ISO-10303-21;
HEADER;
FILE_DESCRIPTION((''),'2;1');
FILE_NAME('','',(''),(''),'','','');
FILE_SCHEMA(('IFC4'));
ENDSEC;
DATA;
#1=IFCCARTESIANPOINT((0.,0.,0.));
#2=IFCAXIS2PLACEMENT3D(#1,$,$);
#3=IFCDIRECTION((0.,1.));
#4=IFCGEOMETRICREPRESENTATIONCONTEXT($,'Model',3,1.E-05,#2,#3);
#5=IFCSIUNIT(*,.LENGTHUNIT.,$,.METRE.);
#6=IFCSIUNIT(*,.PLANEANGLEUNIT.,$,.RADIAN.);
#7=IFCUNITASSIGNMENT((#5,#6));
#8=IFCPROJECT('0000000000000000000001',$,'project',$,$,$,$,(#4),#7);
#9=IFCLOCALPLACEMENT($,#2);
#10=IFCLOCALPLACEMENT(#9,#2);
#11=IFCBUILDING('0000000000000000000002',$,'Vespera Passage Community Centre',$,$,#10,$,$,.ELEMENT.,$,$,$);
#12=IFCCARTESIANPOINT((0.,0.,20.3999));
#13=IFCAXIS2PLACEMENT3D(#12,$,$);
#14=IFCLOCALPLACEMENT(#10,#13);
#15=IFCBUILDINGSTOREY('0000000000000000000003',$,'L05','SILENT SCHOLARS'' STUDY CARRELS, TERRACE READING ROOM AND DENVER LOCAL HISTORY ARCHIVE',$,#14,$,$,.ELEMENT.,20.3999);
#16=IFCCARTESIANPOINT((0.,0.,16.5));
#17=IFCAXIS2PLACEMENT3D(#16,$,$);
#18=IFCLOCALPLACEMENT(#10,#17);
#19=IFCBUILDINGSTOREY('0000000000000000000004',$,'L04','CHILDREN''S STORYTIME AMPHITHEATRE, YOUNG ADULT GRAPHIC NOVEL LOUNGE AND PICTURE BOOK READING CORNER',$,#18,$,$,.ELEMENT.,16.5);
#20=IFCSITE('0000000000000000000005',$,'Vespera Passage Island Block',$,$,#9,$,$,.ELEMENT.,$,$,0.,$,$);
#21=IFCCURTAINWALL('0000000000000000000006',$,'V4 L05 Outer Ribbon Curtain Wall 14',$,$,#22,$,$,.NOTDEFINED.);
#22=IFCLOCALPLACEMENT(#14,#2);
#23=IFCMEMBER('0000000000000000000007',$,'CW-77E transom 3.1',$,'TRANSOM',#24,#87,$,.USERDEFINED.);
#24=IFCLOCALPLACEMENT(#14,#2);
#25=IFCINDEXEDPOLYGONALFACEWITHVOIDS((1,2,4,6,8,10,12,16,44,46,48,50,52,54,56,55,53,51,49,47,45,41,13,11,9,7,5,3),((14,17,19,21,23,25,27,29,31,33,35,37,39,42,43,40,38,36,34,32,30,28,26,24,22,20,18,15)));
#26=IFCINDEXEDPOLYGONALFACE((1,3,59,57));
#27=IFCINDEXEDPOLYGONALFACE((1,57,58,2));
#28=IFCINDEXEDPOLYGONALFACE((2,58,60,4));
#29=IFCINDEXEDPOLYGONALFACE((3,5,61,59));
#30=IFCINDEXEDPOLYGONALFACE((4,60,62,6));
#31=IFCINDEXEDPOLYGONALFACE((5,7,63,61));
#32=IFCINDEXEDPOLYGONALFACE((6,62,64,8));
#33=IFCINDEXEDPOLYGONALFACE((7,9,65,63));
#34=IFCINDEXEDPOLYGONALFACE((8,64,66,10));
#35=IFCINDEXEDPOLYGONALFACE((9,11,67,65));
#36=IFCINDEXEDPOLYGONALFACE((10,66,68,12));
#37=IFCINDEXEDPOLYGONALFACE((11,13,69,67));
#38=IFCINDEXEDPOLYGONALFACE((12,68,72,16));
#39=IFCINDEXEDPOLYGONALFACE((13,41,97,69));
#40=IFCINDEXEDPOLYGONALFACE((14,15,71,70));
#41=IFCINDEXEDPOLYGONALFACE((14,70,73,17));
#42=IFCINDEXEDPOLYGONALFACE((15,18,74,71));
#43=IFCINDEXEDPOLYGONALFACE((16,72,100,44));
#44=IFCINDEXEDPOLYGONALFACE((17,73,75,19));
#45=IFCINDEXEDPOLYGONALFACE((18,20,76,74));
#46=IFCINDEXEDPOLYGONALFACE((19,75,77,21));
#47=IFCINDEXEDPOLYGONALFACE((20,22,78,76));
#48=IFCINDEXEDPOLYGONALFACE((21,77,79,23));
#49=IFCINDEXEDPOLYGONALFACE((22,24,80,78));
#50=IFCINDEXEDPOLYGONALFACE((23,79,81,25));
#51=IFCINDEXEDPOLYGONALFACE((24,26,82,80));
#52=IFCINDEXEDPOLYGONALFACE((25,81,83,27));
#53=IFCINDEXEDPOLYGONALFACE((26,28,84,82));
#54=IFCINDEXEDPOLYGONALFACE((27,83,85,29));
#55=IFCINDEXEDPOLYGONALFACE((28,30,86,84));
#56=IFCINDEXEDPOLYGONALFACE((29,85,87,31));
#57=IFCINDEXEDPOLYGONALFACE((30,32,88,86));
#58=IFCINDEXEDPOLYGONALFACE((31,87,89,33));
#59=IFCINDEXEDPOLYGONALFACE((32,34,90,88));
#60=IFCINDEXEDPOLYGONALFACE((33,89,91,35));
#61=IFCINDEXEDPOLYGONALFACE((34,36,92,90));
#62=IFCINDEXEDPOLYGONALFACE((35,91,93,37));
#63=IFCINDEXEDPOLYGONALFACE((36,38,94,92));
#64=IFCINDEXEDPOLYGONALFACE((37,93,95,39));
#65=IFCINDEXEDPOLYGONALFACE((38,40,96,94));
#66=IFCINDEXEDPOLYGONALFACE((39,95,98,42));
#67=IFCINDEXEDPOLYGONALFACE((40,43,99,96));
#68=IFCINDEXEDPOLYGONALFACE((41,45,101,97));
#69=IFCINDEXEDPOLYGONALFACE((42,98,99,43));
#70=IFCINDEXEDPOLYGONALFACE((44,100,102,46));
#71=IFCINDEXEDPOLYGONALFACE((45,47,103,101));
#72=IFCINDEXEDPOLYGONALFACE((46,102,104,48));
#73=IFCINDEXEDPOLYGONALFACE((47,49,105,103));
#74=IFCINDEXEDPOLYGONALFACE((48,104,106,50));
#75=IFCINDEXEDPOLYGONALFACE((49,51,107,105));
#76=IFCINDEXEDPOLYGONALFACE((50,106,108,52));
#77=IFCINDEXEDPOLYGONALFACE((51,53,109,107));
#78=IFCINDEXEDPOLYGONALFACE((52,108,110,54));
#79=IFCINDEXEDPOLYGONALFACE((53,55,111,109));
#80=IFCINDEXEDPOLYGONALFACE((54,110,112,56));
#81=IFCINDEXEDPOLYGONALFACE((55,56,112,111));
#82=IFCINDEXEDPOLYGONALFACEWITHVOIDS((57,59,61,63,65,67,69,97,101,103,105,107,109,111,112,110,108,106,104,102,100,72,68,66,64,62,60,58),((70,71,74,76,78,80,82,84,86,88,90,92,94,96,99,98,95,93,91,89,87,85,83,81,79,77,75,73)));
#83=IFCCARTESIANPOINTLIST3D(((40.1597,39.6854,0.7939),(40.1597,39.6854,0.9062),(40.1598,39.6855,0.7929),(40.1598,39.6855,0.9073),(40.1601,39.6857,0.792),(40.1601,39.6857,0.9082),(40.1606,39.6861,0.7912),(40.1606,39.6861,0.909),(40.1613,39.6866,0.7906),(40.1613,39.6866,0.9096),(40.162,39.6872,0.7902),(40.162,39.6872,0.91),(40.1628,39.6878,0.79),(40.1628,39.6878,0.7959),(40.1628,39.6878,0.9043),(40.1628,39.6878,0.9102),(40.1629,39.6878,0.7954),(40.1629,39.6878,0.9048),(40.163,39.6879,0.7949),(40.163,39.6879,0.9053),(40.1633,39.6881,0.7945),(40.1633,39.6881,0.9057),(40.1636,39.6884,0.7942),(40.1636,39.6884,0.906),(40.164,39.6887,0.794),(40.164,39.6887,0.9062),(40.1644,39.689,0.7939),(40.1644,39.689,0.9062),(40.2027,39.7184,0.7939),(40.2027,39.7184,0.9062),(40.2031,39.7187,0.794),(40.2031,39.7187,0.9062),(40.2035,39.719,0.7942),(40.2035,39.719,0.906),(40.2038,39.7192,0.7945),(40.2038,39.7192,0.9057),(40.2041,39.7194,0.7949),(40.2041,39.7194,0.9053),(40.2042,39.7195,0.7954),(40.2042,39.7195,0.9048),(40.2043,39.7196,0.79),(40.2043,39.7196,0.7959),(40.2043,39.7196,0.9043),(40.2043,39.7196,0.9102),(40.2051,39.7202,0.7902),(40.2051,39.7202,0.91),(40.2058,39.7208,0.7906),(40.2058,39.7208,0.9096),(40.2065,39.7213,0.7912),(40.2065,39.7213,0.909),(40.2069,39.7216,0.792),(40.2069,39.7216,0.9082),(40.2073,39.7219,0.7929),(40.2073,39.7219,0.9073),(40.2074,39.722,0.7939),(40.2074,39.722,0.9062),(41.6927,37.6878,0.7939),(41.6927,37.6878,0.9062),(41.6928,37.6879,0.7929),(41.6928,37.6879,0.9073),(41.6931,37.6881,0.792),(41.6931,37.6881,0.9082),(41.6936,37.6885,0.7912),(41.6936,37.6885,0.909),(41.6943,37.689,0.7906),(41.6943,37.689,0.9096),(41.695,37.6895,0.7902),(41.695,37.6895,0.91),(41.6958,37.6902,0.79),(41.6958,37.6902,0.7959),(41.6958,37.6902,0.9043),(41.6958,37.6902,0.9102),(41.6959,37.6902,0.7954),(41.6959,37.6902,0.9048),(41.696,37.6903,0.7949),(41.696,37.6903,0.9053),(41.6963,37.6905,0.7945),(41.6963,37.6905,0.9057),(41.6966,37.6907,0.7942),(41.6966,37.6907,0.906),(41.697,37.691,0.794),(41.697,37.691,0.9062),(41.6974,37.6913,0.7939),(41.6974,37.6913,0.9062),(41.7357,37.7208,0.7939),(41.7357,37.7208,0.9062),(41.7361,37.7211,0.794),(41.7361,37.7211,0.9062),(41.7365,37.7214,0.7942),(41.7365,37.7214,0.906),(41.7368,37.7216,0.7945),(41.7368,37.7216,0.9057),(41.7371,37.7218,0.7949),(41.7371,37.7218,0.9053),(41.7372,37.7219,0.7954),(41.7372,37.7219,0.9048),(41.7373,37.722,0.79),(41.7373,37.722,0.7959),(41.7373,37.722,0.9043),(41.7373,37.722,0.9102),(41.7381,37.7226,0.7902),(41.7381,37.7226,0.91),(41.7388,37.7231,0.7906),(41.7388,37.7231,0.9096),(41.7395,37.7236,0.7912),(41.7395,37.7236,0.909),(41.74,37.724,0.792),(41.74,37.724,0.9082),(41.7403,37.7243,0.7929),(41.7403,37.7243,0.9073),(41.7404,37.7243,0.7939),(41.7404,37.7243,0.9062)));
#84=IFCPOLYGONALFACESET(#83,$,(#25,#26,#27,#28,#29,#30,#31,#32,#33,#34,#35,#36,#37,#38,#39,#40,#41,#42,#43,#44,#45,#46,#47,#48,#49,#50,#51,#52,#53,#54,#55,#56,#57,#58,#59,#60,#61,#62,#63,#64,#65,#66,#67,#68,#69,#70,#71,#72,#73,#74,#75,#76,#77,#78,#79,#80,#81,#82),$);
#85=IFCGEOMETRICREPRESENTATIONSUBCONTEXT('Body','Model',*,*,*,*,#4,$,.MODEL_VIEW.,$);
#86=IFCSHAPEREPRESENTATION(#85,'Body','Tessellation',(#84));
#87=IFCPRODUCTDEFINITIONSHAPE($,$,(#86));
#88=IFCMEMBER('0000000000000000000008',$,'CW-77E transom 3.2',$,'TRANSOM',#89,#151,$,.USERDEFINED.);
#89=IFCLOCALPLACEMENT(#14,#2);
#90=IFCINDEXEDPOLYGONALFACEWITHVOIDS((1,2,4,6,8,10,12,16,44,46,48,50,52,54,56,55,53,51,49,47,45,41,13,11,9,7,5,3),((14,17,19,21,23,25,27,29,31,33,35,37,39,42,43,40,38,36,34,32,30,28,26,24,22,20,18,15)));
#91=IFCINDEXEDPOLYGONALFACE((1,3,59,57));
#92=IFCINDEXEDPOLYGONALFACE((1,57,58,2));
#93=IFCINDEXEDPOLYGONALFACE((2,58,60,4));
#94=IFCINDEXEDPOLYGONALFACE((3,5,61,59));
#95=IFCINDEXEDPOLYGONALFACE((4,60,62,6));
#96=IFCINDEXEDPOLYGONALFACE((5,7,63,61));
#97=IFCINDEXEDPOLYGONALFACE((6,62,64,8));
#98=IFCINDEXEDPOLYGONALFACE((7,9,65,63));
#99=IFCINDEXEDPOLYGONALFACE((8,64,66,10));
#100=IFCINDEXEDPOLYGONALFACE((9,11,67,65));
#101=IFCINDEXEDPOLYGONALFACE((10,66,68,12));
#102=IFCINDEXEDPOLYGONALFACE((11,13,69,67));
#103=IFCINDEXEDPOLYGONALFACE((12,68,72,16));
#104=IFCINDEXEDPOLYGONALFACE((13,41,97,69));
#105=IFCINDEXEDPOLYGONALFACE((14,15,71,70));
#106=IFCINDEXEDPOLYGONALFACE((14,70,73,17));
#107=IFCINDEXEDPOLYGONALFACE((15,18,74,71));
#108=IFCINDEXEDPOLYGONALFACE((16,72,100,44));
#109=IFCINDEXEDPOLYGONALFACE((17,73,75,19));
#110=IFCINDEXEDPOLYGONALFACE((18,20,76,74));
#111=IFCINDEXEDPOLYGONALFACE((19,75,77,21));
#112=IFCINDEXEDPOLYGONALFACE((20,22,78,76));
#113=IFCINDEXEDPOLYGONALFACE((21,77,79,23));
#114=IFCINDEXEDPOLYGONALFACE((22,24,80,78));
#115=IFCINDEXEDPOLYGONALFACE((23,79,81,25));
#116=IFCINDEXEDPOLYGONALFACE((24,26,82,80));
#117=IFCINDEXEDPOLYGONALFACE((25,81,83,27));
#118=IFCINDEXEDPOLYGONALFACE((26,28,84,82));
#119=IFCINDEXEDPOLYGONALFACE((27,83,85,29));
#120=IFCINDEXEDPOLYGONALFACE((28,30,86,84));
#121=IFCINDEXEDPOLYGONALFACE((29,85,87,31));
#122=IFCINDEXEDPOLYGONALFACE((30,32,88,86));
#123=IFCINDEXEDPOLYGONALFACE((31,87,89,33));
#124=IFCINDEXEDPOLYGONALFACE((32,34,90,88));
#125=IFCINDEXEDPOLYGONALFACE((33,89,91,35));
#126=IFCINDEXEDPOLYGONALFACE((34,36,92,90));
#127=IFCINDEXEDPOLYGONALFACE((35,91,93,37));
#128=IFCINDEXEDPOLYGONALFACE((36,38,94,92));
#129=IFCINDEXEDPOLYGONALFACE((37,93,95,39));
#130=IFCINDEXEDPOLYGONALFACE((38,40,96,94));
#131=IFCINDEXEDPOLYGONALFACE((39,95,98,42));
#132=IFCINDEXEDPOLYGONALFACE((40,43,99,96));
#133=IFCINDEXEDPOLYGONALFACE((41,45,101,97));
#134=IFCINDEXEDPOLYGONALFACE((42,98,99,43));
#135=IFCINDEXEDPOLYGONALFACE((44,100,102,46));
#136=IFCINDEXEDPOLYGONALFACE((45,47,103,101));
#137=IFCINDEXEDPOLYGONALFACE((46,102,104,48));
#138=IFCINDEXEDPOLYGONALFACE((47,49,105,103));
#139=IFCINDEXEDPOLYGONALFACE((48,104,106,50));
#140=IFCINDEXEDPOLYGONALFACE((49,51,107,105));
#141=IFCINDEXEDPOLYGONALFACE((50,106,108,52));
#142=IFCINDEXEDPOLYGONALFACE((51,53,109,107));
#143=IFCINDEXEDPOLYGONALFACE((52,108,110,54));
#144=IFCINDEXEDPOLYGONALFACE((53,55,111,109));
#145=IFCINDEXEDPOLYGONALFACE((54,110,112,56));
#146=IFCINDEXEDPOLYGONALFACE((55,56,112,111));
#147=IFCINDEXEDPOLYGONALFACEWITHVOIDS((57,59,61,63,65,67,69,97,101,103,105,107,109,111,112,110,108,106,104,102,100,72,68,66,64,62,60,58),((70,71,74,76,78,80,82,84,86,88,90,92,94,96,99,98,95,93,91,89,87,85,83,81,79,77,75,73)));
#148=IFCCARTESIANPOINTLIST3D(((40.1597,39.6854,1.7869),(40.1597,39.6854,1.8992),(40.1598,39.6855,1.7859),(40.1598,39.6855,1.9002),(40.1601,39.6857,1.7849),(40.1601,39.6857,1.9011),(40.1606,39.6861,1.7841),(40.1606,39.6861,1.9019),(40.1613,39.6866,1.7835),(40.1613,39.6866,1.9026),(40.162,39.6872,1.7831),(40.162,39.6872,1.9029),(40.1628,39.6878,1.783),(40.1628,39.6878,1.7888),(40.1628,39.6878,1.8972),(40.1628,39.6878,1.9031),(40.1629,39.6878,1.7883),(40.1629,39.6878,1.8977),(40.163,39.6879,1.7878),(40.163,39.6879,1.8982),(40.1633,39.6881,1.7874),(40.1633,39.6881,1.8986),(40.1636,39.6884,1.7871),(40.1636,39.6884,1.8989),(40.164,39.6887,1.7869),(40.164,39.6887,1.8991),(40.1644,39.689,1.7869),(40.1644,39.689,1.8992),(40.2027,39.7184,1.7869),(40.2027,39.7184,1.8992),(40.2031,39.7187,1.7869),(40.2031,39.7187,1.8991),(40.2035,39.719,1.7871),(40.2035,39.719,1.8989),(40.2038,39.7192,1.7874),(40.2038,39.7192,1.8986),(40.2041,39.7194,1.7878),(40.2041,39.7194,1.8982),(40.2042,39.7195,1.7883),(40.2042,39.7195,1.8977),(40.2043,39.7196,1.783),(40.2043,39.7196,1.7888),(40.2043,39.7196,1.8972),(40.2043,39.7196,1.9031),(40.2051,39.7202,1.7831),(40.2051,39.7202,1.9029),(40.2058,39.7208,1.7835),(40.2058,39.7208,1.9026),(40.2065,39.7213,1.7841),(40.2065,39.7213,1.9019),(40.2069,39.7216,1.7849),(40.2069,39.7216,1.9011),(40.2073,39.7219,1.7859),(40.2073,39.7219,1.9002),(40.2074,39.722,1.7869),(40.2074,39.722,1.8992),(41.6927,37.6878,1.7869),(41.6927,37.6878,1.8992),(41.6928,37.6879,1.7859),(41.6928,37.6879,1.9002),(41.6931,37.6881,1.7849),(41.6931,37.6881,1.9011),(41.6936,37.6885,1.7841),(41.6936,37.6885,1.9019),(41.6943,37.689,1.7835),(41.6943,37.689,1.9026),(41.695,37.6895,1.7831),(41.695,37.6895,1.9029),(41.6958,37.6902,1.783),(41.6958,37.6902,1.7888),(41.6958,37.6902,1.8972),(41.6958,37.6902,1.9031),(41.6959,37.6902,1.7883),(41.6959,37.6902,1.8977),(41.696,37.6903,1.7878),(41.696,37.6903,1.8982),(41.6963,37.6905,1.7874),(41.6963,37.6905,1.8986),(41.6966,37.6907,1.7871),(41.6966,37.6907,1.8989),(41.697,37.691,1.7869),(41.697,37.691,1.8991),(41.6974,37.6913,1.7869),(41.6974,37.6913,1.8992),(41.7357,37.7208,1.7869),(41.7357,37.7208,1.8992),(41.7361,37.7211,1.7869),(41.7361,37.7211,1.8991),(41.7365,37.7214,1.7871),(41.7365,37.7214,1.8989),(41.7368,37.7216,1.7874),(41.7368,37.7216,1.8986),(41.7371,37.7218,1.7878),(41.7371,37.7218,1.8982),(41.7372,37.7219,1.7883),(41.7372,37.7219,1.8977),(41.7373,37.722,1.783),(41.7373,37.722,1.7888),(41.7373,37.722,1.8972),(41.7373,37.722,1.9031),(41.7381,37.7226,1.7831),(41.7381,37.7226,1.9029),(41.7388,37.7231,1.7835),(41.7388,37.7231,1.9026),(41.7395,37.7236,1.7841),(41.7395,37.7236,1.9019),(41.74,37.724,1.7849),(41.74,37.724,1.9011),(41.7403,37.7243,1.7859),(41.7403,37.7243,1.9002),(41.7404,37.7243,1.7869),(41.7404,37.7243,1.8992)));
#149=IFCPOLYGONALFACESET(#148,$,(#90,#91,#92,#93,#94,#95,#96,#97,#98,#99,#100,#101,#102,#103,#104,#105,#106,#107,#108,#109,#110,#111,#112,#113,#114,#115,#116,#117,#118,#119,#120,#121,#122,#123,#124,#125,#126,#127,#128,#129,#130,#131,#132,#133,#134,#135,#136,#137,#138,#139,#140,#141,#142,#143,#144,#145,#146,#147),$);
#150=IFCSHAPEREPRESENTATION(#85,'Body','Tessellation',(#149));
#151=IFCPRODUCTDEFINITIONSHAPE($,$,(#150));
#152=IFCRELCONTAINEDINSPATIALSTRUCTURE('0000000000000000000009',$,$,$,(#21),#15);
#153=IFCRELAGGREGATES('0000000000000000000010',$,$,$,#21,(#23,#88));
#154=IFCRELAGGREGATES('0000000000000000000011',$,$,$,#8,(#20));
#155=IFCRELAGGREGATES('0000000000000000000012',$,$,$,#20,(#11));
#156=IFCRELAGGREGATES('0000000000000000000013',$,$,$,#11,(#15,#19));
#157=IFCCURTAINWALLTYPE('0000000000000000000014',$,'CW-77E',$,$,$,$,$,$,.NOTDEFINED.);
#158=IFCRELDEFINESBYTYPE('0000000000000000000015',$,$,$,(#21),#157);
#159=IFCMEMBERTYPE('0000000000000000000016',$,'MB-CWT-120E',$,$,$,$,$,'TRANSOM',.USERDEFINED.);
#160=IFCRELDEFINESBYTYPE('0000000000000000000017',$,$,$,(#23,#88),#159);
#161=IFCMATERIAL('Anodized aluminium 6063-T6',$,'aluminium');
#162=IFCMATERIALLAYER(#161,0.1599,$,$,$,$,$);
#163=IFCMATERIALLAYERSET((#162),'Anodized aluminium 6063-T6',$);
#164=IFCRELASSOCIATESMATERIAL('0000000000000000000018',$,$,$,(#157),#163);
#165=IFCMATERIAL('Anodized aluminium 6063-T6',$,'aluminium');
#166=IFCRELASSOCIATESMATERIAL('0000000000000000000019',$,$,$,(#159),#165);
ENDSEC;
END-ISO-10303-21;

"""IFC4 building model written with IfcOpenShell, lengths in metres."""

from ifc_helpers import new_model, si_unit, direction, frame, origin, origin_2d, place, context, subcontext, project, spatial, hollow_rectangle, extrude, material, layer, layer_set, material_profile, profile_set, type_object, element, aggregate, save


model = new_model("IFC4")

# Units and contexts
model_context = context("Model", 3, precision=1e-05, world=origin(), true_north=direction((0.0, 1.0)))
body_context = subcontext(model_context, "Body", "Model", "MODEL_VIEW")
ifc_project = project(units=[si_unit("LENGTHUNIT", "METRE"), si_unit("PLANEANGLEUNIT", "RADIAN")], contexts=[model_context])

# Site, building, storey
site_placement = place(None, origin())
site = spatial("IfcSite", under=ifc_project, at=site_placement, Name="Vespera Passage Island Block", CompositionType="ELEMENT", RefElevation=0.0)
building_placement = place(site_placement, origin())
building = spatial("IfcBuilding", under=site, at=building_placement, Name="Vespera Passage Community Centre", CompositionType="ELEMENT")
storey_1_placement = place(building_placement, frame((0.0, 0.0, 20.3999)))
storey_1 = spatial("IfcBuildingStorey", under=building, at=storey_1_placement, Name="L05", Description="SILENT SCHOLARS' STUDY CARRELS, TERRACE READING ROOM AND DENVER LOCAL HISTORY ARCHIVE", CompositionType="ELEMENT", Elevation=20.3999)

# Curtain wall, members
ifc_material_1 = material(Name="Anodized aluminium 6063-T6", Category="aluminium")
ifc_layer_1 = layer(ifc_material_1, 0.1599)
ifc_layer_set_1 = layer_set([ifc_layer_1], Name="Anodized aluminium 6063-T6")
curtain_wall_type = type_object("IfcCurtainWallType", Name="CW-77E", PredefinedType="NOTDEFINED", material=ifc_layer_set_1)
curtain_wall_placement = place(storey_1_placement, origin())
curtain_wall = element("IfcCurtainWall", 1, at=curtain_wall_placement, inside=storey_1, type_object=curtain_wall_type, Name="V4 L05 Outer Ribbon Curtain Wall 14", PredefinedType="NOTDEFINED")
ifc_material_2 = material(Name="Anodized aluminium 6063-T6", Category="aluminium")
ifc_material_profile_1 = material_profile(ifc_material_2, hollow_rectangle(XDim=0.0601, YDim=0.1201, WallThickness=0.0039, InnerFilletRadius=0.002, OuterFilletRadius=0.0039, at=origin_2d()), Name="ALU120X60X4")
ifc_profile_set_1 = profile_set([ifc_material_profile_1], Name="Anodized aluminium 6063-T6")
member_type_1 = type_object("IfcMemberType", Name="MB-CWT-120E", ElementType="TRANSOM", PredefinedType="USERDEFINED", material=ifc_profile_set_1)
member_1_placement = place(storey_1_placement, frame((41.7166, 37.7061, 0.8501), z_axis=(-0.608806, 0.793319, 0.0), x_axis=(-0.793319, -0.608806, 0.0)))
member_1 = element("IfcMember", 2, at=member_1_placement, type_object=member_type_1, Name="CW-77E transom 3.1", ObjectType="TRANSOM", PredefinedType="USERDEFINED", context=body_context, shape_type="SweptSolid", body=[
    extrude(hollow_rectangle(XDim=0.0601, YDim=0.1201, WallThickness=0.0039, InnerFilletRadius=0.002, OuterFilletRadius=0.0039, at=origin_2d()), origin(), (0.0, 0.0, 1.0), 2.5181),
])
member_2_placement = place(storey_1_placement, frame((41.7166, 37.7061, 1.843), z_axis=(-0.608806, 0.793319, 0.0), x_axis=(-0.793319, -0.608806, 0.0)))
member_2 = element("IfcMember", 3, at=member_2_placement, type_object=member_type_1, Name="CW-77E transom 3.2", ObjectType="TRANSOM", PredefinedType="USERDEFINED", context=body_context, shape_type="SweptSolid", body=[
    extrude(hollow_rectangle(XDim=0.0601, YDim=0.1201, WallThickness=0.0039, InnerFilletRadius=0.002, OuterFilletRadius=0.0039, at=origin_2d()), origin(), (0.0, 0.0, 1.0), 2.5181),
])
aggregate(curtain_wall, [member_1, member_2])

# Shared definitions
storey_2_placement = place(building_placement, frame((0.0, 0.0, 16.5)))
storey_2 = spatial("IfcBuildingStorey", under=building, at=storey_2_placement, Name="L04", Description="CHILDREN'S STORYTIME AMPHITHEATRE, YOUNG ADULT GRAPHIC NOVEL LOUNGE AND PICTURE BOOK READING CORNER", CompositionType="ELEMENT", Elevation=16.5)

save(model, "model.ifc")
